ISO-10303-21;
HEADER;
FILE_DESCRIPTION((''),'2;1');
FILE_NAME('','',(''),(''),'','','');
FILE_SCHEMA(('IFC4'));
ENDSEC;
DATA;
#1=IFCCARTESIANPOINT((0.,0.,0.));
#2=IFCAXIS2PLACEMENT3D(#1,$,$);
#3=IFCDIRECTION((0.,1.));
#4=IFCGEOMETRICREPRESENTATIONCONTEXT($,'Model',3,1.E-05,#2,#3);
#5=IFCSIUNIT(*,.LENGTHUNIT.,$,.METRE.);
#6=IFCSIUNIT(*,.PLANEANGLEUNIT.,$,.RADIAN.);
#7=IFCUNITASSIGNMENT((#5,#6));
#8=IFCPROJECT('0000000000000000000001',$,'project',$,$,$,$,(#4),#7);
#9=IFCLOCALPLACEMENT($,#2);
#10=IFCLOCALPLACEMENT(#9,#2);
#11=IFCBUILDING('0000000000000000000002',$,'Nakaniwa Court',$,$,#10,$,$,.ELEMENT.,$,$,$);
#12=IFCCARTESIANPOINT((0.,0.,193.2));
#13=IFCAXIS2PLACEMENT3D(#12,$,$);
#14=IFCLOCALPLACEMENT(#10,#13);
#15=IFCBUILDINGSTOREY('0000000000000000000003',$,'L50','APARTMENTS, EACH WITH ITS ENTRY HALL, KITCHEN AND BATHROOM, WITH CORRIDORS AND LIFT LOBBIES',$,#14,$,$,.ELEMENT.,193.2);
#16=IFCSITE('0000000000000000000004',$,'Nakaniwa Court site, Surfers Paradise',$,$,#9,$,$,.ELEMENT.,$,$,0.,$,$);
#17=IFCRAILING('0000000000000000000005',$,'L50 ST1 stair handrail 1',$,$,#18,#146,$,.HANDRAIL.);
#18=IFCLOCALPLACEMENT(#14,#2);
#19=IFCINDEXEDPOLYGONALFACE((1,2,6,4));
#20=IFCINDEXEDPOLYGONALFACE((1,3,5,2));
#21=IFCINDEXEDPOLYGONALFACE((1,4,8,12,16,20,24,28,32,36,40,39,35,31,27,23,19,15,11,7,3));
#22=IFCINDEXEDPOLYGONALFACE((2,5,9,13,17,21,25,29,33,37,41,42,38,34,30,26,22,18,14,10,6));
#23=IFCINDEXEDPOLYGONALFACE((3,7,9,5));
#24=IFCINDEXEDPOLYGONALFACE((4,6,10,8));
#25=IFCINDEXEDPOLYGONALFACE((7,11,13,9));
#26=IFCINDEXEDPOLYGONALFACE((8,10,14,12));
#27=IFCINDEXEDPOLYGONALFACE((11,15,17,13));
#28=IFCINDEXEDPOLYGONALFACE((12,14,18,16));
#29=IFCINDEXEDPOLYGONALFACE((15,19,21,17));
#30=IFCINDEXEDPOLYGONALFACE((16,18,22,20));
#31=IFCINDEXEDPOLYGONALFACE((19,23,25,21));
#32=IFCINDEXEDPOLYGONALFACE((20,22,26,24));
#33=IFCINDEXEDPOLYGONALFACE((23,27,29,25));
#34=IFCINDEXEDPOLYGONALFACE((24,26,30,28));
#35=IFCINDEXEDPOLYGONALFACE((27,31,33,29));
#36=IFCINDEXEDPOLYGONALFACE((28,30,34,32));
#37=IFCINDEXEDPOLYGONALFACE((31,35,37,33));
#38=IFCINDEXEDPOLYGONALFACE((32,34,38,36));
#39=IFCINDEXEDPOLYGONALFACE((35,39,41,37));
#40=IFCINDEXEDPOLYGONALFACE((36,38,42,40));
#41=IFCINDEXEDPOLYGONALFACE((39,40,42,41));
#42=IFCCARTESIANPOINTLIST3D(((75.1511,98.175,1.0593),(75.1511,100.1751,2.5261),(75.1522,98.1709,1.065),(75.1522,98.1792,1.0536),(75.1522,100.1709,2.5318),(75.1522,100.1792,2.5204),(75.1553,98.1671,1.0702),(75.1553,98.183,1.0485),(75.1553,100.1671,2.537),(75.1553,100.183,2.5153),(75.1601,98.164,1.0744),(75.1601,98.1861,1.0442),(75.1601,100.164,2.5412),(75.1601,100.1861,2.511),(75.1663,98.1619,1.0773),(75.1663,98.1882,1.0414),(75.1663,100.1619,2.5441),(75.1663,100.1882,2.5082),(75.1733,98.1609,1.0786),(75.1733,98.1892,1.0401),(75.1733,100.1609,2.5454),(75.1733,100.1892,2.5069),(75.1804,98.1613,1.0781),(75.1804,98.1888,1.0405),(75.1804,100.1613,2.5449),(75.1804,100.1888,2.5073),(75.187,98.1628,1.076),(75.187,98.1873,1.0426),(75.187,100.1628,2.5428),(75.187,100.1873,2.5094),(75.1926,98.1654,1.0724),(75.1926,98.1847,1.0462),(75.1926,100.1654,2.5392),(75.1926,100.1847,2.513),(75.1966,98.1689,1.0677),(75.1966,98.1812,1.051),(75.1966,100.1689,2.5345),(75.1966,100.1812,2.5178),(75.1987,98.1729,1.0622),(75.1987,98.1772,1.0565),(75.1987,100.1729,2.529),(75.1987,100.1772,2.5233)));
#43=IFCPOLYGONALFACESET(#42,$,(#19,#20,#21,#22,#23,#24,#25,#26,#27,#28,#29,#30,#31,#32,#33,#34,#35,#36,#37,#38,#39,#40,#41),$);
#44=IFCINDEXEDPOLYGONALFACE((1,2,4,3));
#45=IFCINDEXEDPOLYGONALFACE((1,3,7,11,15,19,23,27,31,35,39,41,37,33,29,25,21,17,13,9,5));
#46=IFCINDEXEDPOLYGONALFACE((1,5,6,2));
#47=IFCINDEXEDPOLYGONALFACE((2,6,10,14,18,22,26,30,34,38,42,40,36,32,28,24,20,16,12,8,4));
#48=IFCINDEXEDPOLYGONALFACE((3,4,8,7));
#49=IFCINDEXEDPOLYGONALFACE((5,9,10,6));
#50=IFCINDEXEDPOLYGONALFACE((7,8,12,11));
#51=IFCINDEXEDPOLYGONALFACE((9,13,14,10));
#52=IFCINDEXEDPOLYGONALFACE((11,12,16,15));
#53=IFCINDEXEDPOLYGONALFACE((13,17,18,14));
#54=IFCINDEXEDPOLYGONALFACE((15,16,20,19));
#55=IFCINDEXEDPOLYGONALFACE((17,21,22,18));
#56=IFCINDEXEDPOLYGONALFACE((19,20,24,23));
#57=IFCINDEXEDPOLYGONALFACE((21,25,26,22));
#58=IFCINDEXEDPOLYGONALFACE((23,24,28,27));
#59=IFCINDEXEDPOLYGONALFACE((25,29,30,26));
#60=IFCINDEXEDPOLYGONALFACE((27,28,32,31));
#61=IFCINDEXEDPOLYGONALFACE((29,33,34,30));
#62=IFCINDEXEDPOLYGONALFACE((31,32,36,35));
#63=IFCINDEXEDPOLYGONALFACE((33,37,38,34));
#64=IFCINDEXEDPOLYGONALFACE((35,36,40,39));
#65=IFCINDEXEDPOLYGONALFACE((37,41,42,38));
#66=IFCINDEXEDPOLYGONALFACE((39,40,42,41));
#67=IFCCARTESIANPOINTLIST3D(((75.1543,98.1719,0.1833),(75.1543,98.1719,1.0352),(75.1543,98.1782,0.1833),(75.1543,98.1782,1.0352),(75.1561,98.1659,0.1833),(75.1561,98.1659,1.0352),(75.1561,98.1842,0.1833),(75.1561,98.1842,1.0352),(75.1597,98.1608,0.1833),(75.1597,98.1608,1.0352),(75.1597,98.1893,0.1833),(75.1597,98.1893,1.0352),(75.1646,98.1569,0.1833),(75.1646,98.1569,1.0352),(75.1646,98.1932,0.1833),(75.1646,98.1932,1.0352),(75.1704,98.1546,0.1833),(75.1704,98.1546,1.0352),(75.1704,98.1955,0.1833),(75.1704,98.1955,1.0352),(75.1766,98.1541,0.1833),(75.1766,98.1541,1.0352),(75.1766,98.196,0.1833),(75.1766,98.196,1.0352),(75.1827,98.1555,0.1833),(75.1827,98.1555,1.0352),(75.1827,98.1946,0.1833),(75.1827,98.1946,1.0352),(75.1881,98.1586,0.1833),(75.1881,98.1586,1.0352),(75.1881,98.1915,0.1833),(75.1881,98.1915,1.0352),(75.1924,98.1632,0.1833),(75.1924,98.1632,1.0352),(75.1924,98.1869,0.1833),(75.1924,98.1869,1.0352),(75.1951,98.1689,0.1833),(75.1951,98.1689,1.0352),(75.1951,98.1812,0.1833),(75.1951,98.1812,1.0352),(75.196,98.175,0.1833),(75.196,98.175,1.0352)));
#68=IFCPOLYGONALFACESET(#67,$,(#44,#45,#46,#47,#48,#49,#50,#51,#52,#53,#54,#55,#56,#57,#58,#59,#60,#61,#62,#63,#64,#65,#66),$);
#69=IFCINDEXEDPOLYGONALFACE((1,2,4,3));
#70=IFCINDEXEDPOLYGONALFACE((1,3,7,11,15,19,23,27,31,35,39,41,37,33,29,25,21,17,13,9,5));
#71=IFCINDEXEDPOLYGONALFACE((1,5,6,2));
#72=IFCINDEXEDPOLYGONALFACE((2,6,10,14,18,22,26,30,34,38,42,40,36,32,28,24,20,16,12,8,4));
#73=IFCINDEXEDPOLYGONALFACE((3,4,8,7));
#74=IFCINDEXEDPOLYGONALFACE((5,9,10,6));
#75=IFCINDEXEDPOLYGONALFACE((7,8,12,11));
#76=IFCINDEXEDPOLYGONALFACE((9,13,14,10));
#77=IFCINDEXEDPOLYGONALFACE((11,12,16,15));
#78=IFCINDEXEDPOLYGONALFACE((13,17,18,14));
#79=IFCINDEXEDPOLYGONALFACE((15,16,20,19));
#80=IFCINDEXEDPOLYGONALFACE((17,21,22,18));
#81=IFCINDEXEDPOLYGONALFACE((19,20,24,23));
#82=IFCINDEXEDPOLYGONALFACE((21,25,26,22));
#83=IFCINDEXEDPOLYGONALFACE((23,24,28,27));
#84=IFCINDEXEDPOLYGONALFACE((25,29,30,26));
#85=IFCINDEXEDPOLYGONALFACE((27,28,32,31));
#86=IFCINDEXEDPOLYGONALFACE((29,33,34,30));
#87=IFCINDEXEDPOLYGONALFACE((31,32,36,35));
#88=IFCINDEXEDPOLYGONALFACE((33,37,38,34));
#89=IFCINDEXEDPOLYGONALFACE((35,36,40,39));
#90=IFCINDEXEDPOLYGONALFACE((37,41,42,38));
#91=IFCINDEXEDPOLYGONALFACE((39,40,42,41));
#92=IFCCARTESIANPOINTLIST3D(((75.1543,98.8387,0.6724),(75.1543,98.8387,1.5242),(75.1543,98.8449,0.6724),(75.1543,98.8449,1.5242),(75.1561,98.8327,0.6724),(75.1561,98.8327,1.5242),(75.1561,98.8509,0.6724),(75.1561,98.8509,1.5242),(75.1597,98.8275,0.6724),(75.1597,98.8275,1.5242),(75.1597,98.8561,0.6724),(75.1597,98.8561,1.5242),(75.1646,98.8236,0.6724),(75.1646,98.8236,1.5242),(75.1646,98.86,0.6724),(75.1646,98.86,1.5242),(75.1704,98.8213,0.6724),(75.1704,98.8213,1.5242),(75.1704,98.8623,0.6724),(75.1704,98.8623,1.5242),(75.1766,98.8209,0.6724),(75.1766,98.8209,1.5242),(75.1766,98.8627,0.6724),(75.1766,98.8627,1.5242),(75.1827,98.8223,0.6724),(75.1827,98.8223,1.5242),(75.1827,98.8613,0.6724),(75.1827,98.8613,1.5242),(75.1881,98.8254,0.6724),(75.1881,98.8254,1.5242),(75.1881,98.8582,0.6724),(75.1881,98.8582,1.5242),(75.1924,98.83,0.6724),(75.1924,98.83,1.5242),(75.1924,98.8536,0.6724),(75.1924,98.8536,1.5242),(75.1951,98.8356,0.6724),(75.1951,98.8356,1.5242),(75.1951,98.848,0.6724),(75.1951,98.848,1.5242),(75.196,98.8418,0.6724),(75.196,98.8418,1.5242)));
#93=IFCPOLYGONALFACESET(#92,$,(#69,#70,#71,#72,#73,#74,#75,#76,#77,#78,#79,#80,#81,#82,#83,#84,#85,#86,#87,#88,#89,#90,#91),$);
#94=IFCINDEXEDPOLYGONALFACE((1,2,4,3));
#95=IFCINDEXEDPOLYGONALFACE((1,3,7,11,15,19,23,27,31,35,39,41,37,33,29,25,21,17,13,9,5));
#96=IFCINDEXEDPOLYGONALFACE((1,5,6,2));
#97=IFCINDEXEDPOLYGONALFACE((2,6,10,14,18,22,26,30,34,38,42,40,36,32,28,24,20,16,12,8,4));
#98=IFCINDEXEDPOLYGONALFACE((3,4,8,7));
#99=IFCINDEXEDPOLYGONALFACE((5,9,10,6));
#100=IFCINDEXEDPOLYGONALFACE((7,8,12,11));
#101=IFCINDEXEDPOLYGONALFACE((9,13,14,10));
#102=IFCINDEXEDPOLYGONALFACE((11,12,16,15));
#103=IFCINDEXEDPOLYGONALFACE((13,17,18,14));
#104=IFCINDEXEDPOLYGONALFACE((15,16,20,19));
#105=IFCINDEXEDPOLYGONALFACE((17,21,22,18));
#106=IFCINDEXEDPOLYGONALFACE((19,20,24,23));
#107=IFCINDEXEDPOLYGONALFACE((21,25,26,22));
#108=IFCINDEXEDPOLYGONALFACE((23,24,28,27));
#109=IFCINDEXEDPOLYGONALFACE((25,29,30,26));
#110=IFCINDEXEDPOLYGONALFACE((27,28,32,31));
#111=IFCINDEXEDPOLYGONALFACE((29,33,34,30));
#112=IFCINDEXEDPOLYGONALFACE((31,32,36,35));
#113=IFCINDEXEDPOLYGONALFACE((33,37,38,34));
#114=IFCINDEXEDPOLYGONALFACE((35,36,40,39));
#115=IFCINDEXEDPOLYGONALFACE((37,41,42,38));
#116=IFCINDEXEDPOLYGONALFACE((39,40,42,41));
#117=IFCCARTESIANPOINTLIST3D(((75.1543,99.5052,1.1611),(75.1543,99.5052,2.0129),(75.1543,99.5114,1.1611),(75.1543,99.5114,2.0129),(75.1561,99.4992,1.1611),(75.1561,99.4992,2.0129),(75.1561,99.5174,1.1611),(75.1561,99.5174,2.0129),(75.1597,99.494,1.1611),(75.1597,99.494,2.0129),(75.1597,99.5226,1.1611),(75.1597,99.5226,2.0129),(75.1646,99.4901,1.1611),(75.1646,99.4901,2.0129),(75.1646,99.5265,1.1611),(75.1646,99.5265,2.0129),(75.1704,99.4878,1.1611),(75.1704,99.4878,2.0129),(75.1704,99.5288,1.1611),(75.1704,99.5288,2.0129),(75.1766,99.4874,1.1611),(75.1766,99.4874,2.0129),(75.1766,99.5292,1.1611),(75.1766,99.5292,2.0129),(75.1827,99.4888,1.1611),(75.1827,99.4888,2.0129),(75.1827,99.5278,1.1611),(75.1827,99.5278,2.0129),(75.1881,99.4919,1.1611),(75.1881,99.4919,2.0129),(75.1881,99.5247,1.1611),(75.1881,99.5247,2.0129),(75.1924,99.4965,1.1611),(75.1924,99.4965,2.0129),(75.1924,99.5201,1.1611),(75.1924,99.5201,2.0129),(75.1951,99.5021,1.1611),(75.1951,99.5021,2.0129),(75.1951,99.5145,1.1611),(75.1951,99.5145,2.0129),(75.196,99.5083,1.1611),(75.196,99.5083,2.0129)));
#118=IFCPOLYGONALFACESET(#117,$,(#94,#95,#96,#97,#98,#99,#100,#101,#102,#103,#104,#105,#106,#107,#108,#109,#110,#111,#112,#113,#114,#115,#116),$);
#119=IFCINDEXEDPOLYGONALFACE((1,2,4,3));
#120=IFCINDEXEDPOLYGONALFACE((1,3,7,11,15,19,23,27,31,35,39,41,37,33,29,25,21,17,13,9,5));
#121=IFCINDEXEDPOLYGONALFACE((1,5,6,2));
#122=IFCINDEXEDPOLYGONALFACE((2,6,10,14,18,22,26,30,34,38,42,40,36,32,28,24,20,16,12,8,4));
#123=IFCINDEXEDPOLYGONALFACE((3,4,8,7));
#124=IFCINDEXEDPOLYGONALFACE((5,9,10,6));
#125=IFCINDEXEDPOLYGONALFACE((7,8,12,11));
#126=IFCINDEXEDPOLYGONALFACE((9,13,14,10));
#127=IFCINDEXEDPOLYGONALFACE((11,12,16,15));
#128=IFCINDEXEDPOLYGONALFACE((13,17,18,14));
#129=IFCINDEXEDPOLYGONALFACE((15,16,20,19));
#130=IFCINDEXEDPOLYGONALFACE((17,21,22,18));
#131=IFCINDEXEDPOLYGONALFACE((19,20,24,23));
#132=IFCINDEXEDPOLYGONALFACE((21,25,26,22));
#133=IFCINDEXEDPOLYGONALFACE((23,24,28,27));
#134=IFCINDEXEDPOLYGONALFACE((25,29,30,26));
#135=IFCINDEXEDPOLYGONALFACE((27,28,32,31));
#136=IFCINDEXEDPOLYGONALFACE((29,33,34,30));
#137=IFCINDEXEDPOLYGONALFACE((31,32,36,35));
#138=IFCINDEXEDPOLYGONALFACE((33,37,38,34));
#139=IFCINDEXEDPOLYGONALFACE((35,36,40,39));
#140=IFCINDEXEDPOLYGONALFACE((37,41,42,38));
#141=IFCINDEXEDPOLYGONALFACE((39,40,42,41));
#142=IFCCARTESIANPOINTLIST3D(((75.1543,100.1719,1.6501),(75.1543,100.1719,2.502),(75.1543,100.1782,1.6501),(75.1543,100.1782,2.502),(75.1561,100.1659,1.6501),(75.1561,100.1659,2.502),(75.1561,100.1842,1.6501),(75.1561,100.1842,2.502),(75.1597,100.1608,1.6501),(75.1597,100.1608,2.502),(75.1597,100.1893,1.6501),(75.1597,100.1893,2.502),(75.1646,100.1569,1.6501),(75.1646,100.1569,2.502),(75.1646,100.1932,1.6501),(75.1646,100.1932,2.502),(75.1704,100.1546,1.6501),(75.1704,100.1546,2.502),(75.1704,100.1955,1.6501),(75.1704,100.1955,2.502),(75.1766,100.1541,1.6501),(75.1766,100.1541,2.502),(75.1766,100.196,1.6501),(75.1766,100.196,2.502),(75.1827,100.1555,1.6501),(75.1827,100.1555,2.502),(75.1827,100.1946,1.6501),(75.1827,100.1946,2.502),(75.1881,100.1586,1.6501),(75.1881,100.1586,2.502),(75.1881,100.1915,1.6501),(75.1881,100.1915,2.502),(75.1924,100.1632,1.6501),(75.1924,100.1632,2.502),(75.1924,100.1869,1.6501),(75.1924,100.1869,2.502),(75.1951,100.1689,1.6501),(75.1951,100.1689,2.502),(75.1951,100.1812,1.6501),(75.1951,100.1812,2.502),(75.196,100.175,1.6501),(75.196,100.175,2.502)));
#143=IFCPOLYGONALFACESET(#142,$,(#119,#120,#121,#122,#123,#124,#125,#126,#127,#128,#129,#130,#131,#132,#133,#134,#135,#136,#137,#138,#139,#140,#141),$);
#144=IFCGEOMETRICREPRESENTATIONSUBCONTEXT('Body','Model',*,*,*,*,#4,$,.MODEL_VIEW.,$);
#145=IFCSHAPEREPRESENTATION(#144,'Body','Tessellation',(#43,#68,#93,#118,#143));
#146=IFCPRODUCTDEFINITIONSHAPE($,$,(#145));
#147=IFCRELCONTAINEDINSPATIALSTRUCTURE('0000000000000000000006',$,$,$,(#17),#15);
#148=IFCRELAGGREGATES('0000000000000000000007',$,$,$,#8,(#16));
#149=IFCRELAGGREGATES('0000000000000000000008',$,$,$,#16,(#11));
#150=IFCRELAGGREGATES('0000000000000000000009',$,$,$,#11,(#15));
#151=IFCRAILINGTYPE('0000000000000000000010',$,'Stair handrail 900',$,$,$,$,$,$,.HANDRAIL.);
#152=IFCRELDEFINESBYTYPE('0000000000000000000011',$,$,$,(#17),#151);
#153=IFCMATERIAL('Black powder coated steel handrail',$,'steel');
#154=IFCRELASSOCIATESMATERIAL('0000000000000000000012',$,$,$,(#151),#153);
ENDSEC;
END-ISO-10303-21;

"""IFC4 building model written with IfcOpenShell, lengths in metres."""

from ifc_helpers import new_model, si_unit, direction, frame, origin, origin_2d, place, context, subcontext, project, spatial, circle, extrude, material, type_object, element, save


model = new_model("IFC4")

# Units and contexts
model_context = context("Model", 3, precision=1e-05, world=origin(), true_north=direction((0.0, 1.0)))
body_context = subcontext(model_context, "Body", "Model", "MODEL_VIEW")
ifc_project = project(units=[si_unit("LENGTHUNIT", "METRE"), si_unit("PLANEANGLEUNIT", "RADIAN")], contexts=[model_context])

# Site, building, storey
site_placement = place(None, origin())
site = spatial("IfcSite", under=ifc_project, at=site_placement, Name="Nakaniwa Court site, Surfers Paradise", CompositionType="ELEMENT", RefElevation=0.0)
building_placement = place(site_placement, origin())
building = spatial("IfcBuilding", under=site, at=building_placement, Name="Nakaniwa Court", CompositionType="ELEMENT")
storey_placement = place(building_placement, frame((0.0, 0.0, 193.2)))
storey = spatial("IfcBuildingStorey", under=building, at=storey_placement, Name="L50", Description="APARTMENTS, EACH WITH ITS ENTRY HALL, KITCHEN AND BATHROOM, WITH CORRIDORS AND LIFT LOBBIES", CompositionType="ELEMENT", Elevation=193.2)

# Railing
ifc_material_1 = material(Name="Black powder coated steel handrail", Category="steel")
railing_type_1 = type_object("IfcRailingType", Name="Stair handrail 900", PredefinedType="HANDRAIL", material=ifc_material_1)
railing_1_placement = place(storey_placement, frame((75.175, 98.175, 0.1833)))
element("IfcRailing", 1, at=railing_1_placement, inside=storey, type_object=railing_type_1, Name="L50 ST1 stair handrail 1", PredefinedType="HANDRAIL", context=body_context, shape_type="SweptSolid", body=[
    extrude(circle(Radius=0.0239, at=origin_2d()), frame((0.0, 0.0, 0.876), z_axis=(0.0, 0.80638, 0.591398), x_axis=(-1.0, 0.0, 0.0)), (0.0, 0.0, 1.0), 2.4802),
    extrude(circle(Radius=0.021, at=origin_2d()), origin(), (0.0, 0.0, 1.0), 0.8518),
    extrude(circle(Radius=0.021, at=origin_2d()), frame((0.0, 0.6667, 0.489)), (0.0, 0.0, 1.0), 0.8518),
    extrude(circle(Radius=0.021, at=origin_2d()), frame((0.0, 1.3333, 0.9778)), (0.0, 0.0, 1.0), 0.8518),
    extrude(circle(Radius=0.021, at=origin_2d()), frame((0.0, 2.0, 1.4668)), (0.0, 0.0, 1.0), 0.8518),
])

save(model, "model.ifc")
